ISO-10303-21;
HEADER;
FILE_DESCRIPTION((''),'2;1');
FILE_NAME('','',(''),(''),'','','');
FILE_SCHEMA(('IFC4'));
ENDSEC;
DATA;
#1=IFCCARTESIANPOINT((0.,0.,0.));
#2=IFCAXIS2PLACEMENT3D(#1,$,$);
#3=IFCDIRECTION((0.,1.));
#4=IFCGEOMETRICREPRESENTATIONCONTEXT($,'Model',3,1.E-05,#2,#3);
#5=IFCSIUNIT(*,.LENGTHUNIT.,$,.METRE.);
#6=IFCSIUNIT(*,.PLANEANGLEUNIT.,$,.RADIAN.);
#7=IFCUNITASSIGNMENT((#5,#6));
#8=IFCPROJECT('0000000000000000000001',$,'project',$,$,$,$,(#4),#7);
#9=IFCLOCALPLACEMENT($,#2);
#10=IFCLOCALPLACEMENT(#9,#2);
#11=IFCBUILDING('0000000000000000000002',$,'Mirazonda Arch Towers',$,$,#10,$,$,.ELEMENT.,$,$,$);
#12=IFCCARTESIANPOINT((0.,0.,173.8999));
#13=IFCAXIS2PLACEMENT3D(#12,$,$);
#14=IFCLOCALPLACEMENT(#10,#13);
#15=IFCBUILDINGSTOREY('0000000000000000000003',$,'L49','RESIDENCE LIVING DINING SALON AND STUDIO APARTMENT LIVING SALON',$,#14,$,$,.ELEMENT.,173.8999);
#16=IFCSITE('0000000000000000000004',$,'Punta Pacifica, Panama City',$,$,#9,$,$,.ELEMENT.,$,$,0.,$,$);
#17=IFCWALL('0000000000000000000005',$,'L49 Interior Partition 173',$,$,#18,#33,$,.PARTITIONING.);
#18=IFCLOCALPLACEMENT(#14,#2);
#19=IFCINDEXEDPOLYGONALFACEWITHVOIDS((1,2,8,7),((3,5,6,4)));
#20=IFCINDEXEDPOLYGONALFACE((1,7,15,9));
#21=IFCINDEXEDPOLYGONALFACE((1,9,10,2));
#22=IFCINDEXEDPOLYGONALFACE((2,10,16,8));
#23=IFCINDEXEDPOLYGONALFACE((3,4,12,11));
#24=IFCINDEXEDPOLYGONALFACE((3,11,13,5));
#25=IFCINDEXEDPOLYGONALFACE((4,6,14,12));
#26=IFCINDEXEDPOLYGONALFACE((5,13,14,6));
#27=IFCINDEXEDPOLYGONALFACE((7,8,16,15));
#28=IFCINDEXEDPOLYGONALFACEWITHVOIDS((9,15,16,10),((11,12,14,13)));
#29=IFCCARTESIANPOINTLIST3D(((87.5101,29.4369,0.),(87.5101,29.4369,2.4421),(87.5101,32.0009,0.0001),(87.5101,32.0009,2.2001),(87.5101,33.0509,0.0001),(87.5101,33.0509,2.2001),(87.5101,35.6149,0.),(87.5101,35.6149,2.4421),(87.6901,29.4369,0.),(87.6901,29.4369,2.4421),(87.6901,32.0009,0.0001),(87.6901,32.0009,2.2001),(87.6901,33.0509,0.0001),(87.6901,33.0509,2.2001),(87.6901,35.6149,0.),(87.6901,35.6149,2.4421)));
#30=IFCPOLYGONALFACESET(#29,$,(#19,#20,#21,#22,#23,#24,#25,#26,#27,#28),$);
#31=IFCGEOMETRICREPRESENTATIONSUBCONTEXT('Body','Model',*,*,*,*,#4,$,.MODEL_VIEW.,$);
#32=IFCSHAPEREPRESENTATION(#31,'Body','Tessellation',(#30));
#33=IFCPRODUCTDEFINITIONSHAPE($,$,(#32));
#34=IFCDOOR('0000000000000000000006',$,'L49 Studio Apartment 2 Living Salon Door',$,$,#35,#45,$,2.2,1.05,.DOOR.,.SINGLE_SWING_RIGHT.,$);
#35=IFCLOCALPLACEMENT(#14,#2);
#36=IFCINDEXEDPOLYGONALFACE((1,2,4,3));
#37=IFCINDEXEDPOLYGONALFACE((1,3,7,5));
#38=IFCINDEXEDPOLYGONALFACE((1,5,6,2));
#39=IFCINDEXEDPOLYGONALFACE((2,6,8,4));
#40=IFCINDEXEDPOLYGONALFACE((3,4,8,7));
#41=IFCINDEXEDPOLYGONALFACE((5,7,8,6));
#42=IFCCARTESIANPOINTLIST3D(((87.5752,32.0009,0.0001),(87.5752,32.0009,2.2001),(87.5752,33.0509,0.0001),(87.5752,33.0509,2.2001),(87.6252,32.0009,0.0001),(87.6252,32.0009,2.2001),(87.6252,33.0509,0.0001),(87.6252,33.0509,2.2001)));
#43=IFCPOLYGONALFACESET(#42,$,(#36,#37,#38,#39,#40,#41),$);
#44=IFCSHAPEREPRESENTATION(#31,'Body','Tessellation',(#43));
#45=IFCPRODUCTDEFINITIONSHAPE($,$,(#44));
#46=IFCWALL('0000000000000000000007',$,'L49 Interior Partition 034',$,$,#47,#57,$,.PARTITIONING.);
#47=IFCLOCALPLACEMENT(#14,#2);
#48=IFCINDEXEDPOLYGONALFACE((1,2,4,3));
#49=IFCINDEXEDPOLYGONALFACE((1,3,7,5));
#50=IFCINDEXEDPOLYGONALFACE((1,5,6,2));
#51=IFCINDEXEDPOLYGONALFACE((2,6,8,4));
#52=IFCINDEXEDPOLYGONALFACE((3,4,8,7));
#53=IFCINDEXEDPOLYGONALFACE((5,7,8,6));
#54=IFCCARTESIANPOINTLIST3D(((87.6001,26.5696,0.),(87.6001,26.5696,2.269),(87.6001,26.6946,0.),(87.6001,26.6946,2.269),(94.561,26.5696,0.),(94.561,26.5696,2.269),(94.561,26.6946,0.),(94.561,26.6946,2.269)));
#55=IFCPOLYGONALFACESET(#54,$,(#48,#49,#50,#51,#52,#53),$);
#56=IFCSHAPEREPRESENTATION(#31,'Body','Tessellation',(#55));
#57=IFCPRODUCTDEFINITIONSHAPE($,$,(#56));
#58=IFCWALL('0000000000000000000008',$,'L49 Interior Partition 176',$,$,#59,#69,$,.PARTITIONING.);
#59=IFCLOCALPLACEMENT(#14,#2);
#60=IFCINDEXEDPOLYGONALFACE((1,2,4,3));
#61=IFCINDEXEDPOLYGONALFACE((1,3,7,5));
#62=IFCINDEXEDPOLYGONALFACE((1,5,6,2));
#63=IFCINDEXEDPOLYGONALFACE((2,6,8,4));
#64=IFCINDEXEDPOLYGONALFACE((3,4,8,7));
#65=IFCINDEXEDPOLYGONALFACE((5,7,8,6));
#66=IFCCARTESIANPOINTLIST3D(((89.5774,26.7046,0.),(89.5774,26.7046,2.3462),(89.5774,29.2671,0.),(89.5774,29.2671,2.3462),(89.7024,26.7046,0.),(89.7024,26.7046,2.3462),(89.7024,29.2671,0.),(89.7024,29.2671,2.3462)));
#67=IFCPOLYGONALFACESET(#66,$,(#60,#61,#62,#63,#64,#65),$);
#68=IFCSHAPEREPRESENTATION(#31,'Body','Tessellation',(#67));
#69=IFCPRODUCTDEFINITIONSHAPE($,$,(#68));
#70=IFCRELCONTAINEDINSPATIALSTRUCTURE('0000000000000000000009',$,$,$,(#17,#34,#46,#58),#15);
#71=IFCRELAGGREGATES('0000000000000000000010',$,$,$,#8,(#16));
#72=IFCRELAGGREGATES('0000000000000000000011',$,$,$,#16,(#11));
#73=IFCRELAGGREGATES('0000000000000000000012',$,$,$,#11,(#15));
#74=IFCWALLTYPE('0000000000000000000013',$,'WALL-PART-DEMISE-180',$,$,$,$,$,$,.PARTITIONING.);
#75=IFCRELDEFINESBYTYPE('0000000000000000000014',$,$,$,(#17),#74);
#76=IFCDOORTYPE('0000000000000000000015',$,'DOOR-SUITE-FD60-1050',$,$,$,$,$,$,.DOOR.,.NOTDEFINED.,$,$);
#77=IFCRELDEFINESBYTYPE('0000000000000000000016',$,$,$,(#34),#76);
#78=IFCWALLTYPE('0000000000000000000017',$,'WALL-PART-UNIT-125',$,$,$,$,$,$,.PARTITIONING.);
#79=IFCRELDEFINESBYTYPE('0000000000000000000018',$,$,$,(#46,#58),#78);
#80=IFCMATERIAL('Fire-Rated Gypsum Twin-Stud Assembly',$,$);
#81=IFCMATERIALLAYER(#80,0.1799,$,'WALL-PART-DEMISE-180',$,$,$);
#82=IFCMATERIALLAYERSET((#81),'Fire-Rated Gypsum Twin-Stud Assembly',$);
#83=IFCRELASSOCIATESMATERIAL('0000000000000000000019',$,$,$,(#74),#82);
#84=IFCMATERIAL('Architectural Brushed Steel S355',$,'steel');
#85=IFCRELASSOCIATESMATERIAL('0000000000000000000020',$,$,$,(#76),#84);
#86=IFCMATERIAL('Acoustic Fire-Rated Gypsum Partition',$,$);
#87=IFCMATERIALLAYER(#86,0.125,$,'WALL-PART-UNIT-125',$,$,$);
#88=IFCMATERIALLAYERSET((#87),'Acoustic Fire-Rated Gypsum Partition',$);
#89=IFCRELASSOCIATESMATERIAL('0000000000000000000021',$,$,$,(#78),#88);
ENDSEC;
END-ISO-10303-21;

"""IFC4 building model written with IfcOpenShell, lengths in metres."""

from ifc_helpers import new_model, si_unit, direction, frame, frame_2d, origin, place, context, subcontext, project, spatial, rectangle, extrude, material, layer, layer_set, type_object, element, fill, save


model = new_model("IFC4")

# Units and contexts
model_context = context("Model", 3, precision=1e-05, world=origin(), true_north=direction((0.0, 1.0)))
body_context = subcontext(model_context, "Body", "Model", "MODEL_VIEW")
ifc_project = project(units=[si_unit("LENGTHUNIT", "METRE"), si_unit("PLANEANGLEUNIT", "RADIAN")], contexts=[model_context])

# Site, building, storey
site_placement = place(None, origin())
site = spatial("IfcSite", under=ifc_project, at=site_placement, Name="Punta Pacifica, Panama City", CompositionType="ELEMENT", RefElevation=0.0)
building_placement = place(site_placement, origin())
building = spatial("IfcBuilding", under=site, at=building_placement, Name="Mirazonda Arch Towers", CompositionType="ELEMENT")
storey_placement = place(building_placement, frame((0.0, 0.0, 173.8999)))
storey = spatial("IfcBuildingStorey", under=building, at=storey_placement, Name="L49", Description="RESIDENCE LIVING DINING SALON AND STUDIO APARTMENT LIVING SALON", CompositionType="ELEMENT", Elevation=173.8999)

# Shared definitions
ifc_material_1 = material(Name="Architectural Brushed Steel S355", Category="steel")

# Shared definitions
ifc_material_2 = material(Name="Fire-Rated Gypsum Twin-Stud Assembly")
ifc_layer_1 = layer(ifc_material_2, 0.1799, Name="WALL-PART-DEMISE-180")
ifc_layer_set_1 = layer_set([ifc_layer_1], Name="Fire-Rated Gypsum Twin-Stud Assembly")
wall_type_1 = type_object("IfcWallType", Name="WALL-PART-DEMISE-180", PredefinedType="PARTITIONING", material=ifc_layer_set_1)

# Wall, opening, door
wall_1_placement = place(storey_placement, frame((87.6001, 29.437, 0.0), z_axis=(0.0, 0.0, 1.0), x_axis=(0.0, 1.0, 0.0)))
wall_1 = element("IfcWall", 1, at=wall_1_placement, inside=storey, type_object=wall_type_1, Name="L49 Interior Partition 173", PredefinedType="PARTITIONING", context=body_context, shape_type="SweptSolid", body=[
    extrude(rectangle(XDim=6.178, YDim=0.1799, at=frame_2d((3.0889, 0.0))), origin(), (0.0, 0.0, 1.0), 2.4421),
])
opening_1_placement = place(wall_1_placement, frame((2.564, 0.0, 0.0)))
opening_1 = element("IfcOpeningElement", 2, at=opening_1_placement, cuts=wall_1, PredefinedType="OPENING", context=body_context, shape_type="SweptSolid", body=[
    extrude(rectangle(XDim=1.05, YDim=2.2, at=frame_2d((0.5249, 1.1001))), frame((0.0, 0.0999, 0.0), z_axis=(0.0, -1.0, 0.0), x_axis=(1.0, 0.0, 0.0)), (0.0, 0.0, 1.0), 0.2),
])
door_type_1 = type_object("IfcDoorType", Name="DOOR-SUITE-FD60-1050", OperationType="NOTDEFINED", PredefinedType="DOOR", material=ifc_material_1)
door_1_placement = place(opening_1_placement, origin())
door_1 = element("IfcDoor", 3, at=door_1_placement, inside=storey, type_object=door_type_1, Name="L49 Studio Apartment 2 Living Salon Door", OperationType="SINGLE_SWING_RIGHT", OverallHeight=2.2, OverallWidth=1.05, PredefinedType="DOOR", context=body_context, shape_type="SweptSolid", body=[
    extrude(rectangle(XDim=1.05, YDim=2.2, at=frame_2d((0.5249, 1.1001))), frame((0.0, 0.0249, 0.0), z_axis=(0.0, -1.0, 0.0), x_axis=(1.0, 0.0, 0.0)), (0.0, 0.0, 1.0), 0.05),
])
fill(opening_1, door_1)

# Walls
ifc_material_3 = material(Name="Acoustic Fire-Rated Gypsum Partition")
ifc_layer_2 = layer(ifc_material_3, 0.125, Name="WALL-PART-UNIT-125")
ifc_layer_set_2 = layer_set([ifc_layer_2], Name="Acoustic Fire-Rated Gypsum Partition")
wall_type_2 = type_object("IfcWallType", Name="WALL-PART-UNIT-125", PredefinedType="PARTITIONING", material=ifc_layer_set_2)
wall_2_placement = place(storey_placement, frame((87.6001, 26.6321, 0.0), z_axis=(0.0, 0.0, 1.0), x_axis=(1.0, 0.0, 0.0)))
element("IfcWall", 4, at=wall_2_placement, inside=storey, type_object=wall_type_2, Name="L49 Interior Partition 034", PredefinedType="PARTITIONING", context=body_context, shape_type="SweptSolid", body=[
    extrude(rectangle(XDim=6.9609, YDim=0.125, at=frame_2d((3.4805, 0.0))), origin(), (0.0, 0.0, 1.0), 2.269),
])
wall_3_placement = place(storey_placement, frame((89.6399, 26.7046, 0.0), z_axis=(0.0, 0.0, 1.0), x_axis=(0.0, 1.0, 0.0)))
element("IfcWall", 5, at=wall_3_placement, inside=storey, type_object=wall_type_2, Name="L49 Interior Partition 176", PredefinedType="PARTITIONING", context=body_context, shape_type="SweptSolid", body=[
    extrude(rectangle(XDim=2.5625, YDim=0.125, at=frame_2d((1.2812, 0.0))), origin(), (0.0, 0.0, 1.0), 2.3462),
])

save(model, "model.ifc")
